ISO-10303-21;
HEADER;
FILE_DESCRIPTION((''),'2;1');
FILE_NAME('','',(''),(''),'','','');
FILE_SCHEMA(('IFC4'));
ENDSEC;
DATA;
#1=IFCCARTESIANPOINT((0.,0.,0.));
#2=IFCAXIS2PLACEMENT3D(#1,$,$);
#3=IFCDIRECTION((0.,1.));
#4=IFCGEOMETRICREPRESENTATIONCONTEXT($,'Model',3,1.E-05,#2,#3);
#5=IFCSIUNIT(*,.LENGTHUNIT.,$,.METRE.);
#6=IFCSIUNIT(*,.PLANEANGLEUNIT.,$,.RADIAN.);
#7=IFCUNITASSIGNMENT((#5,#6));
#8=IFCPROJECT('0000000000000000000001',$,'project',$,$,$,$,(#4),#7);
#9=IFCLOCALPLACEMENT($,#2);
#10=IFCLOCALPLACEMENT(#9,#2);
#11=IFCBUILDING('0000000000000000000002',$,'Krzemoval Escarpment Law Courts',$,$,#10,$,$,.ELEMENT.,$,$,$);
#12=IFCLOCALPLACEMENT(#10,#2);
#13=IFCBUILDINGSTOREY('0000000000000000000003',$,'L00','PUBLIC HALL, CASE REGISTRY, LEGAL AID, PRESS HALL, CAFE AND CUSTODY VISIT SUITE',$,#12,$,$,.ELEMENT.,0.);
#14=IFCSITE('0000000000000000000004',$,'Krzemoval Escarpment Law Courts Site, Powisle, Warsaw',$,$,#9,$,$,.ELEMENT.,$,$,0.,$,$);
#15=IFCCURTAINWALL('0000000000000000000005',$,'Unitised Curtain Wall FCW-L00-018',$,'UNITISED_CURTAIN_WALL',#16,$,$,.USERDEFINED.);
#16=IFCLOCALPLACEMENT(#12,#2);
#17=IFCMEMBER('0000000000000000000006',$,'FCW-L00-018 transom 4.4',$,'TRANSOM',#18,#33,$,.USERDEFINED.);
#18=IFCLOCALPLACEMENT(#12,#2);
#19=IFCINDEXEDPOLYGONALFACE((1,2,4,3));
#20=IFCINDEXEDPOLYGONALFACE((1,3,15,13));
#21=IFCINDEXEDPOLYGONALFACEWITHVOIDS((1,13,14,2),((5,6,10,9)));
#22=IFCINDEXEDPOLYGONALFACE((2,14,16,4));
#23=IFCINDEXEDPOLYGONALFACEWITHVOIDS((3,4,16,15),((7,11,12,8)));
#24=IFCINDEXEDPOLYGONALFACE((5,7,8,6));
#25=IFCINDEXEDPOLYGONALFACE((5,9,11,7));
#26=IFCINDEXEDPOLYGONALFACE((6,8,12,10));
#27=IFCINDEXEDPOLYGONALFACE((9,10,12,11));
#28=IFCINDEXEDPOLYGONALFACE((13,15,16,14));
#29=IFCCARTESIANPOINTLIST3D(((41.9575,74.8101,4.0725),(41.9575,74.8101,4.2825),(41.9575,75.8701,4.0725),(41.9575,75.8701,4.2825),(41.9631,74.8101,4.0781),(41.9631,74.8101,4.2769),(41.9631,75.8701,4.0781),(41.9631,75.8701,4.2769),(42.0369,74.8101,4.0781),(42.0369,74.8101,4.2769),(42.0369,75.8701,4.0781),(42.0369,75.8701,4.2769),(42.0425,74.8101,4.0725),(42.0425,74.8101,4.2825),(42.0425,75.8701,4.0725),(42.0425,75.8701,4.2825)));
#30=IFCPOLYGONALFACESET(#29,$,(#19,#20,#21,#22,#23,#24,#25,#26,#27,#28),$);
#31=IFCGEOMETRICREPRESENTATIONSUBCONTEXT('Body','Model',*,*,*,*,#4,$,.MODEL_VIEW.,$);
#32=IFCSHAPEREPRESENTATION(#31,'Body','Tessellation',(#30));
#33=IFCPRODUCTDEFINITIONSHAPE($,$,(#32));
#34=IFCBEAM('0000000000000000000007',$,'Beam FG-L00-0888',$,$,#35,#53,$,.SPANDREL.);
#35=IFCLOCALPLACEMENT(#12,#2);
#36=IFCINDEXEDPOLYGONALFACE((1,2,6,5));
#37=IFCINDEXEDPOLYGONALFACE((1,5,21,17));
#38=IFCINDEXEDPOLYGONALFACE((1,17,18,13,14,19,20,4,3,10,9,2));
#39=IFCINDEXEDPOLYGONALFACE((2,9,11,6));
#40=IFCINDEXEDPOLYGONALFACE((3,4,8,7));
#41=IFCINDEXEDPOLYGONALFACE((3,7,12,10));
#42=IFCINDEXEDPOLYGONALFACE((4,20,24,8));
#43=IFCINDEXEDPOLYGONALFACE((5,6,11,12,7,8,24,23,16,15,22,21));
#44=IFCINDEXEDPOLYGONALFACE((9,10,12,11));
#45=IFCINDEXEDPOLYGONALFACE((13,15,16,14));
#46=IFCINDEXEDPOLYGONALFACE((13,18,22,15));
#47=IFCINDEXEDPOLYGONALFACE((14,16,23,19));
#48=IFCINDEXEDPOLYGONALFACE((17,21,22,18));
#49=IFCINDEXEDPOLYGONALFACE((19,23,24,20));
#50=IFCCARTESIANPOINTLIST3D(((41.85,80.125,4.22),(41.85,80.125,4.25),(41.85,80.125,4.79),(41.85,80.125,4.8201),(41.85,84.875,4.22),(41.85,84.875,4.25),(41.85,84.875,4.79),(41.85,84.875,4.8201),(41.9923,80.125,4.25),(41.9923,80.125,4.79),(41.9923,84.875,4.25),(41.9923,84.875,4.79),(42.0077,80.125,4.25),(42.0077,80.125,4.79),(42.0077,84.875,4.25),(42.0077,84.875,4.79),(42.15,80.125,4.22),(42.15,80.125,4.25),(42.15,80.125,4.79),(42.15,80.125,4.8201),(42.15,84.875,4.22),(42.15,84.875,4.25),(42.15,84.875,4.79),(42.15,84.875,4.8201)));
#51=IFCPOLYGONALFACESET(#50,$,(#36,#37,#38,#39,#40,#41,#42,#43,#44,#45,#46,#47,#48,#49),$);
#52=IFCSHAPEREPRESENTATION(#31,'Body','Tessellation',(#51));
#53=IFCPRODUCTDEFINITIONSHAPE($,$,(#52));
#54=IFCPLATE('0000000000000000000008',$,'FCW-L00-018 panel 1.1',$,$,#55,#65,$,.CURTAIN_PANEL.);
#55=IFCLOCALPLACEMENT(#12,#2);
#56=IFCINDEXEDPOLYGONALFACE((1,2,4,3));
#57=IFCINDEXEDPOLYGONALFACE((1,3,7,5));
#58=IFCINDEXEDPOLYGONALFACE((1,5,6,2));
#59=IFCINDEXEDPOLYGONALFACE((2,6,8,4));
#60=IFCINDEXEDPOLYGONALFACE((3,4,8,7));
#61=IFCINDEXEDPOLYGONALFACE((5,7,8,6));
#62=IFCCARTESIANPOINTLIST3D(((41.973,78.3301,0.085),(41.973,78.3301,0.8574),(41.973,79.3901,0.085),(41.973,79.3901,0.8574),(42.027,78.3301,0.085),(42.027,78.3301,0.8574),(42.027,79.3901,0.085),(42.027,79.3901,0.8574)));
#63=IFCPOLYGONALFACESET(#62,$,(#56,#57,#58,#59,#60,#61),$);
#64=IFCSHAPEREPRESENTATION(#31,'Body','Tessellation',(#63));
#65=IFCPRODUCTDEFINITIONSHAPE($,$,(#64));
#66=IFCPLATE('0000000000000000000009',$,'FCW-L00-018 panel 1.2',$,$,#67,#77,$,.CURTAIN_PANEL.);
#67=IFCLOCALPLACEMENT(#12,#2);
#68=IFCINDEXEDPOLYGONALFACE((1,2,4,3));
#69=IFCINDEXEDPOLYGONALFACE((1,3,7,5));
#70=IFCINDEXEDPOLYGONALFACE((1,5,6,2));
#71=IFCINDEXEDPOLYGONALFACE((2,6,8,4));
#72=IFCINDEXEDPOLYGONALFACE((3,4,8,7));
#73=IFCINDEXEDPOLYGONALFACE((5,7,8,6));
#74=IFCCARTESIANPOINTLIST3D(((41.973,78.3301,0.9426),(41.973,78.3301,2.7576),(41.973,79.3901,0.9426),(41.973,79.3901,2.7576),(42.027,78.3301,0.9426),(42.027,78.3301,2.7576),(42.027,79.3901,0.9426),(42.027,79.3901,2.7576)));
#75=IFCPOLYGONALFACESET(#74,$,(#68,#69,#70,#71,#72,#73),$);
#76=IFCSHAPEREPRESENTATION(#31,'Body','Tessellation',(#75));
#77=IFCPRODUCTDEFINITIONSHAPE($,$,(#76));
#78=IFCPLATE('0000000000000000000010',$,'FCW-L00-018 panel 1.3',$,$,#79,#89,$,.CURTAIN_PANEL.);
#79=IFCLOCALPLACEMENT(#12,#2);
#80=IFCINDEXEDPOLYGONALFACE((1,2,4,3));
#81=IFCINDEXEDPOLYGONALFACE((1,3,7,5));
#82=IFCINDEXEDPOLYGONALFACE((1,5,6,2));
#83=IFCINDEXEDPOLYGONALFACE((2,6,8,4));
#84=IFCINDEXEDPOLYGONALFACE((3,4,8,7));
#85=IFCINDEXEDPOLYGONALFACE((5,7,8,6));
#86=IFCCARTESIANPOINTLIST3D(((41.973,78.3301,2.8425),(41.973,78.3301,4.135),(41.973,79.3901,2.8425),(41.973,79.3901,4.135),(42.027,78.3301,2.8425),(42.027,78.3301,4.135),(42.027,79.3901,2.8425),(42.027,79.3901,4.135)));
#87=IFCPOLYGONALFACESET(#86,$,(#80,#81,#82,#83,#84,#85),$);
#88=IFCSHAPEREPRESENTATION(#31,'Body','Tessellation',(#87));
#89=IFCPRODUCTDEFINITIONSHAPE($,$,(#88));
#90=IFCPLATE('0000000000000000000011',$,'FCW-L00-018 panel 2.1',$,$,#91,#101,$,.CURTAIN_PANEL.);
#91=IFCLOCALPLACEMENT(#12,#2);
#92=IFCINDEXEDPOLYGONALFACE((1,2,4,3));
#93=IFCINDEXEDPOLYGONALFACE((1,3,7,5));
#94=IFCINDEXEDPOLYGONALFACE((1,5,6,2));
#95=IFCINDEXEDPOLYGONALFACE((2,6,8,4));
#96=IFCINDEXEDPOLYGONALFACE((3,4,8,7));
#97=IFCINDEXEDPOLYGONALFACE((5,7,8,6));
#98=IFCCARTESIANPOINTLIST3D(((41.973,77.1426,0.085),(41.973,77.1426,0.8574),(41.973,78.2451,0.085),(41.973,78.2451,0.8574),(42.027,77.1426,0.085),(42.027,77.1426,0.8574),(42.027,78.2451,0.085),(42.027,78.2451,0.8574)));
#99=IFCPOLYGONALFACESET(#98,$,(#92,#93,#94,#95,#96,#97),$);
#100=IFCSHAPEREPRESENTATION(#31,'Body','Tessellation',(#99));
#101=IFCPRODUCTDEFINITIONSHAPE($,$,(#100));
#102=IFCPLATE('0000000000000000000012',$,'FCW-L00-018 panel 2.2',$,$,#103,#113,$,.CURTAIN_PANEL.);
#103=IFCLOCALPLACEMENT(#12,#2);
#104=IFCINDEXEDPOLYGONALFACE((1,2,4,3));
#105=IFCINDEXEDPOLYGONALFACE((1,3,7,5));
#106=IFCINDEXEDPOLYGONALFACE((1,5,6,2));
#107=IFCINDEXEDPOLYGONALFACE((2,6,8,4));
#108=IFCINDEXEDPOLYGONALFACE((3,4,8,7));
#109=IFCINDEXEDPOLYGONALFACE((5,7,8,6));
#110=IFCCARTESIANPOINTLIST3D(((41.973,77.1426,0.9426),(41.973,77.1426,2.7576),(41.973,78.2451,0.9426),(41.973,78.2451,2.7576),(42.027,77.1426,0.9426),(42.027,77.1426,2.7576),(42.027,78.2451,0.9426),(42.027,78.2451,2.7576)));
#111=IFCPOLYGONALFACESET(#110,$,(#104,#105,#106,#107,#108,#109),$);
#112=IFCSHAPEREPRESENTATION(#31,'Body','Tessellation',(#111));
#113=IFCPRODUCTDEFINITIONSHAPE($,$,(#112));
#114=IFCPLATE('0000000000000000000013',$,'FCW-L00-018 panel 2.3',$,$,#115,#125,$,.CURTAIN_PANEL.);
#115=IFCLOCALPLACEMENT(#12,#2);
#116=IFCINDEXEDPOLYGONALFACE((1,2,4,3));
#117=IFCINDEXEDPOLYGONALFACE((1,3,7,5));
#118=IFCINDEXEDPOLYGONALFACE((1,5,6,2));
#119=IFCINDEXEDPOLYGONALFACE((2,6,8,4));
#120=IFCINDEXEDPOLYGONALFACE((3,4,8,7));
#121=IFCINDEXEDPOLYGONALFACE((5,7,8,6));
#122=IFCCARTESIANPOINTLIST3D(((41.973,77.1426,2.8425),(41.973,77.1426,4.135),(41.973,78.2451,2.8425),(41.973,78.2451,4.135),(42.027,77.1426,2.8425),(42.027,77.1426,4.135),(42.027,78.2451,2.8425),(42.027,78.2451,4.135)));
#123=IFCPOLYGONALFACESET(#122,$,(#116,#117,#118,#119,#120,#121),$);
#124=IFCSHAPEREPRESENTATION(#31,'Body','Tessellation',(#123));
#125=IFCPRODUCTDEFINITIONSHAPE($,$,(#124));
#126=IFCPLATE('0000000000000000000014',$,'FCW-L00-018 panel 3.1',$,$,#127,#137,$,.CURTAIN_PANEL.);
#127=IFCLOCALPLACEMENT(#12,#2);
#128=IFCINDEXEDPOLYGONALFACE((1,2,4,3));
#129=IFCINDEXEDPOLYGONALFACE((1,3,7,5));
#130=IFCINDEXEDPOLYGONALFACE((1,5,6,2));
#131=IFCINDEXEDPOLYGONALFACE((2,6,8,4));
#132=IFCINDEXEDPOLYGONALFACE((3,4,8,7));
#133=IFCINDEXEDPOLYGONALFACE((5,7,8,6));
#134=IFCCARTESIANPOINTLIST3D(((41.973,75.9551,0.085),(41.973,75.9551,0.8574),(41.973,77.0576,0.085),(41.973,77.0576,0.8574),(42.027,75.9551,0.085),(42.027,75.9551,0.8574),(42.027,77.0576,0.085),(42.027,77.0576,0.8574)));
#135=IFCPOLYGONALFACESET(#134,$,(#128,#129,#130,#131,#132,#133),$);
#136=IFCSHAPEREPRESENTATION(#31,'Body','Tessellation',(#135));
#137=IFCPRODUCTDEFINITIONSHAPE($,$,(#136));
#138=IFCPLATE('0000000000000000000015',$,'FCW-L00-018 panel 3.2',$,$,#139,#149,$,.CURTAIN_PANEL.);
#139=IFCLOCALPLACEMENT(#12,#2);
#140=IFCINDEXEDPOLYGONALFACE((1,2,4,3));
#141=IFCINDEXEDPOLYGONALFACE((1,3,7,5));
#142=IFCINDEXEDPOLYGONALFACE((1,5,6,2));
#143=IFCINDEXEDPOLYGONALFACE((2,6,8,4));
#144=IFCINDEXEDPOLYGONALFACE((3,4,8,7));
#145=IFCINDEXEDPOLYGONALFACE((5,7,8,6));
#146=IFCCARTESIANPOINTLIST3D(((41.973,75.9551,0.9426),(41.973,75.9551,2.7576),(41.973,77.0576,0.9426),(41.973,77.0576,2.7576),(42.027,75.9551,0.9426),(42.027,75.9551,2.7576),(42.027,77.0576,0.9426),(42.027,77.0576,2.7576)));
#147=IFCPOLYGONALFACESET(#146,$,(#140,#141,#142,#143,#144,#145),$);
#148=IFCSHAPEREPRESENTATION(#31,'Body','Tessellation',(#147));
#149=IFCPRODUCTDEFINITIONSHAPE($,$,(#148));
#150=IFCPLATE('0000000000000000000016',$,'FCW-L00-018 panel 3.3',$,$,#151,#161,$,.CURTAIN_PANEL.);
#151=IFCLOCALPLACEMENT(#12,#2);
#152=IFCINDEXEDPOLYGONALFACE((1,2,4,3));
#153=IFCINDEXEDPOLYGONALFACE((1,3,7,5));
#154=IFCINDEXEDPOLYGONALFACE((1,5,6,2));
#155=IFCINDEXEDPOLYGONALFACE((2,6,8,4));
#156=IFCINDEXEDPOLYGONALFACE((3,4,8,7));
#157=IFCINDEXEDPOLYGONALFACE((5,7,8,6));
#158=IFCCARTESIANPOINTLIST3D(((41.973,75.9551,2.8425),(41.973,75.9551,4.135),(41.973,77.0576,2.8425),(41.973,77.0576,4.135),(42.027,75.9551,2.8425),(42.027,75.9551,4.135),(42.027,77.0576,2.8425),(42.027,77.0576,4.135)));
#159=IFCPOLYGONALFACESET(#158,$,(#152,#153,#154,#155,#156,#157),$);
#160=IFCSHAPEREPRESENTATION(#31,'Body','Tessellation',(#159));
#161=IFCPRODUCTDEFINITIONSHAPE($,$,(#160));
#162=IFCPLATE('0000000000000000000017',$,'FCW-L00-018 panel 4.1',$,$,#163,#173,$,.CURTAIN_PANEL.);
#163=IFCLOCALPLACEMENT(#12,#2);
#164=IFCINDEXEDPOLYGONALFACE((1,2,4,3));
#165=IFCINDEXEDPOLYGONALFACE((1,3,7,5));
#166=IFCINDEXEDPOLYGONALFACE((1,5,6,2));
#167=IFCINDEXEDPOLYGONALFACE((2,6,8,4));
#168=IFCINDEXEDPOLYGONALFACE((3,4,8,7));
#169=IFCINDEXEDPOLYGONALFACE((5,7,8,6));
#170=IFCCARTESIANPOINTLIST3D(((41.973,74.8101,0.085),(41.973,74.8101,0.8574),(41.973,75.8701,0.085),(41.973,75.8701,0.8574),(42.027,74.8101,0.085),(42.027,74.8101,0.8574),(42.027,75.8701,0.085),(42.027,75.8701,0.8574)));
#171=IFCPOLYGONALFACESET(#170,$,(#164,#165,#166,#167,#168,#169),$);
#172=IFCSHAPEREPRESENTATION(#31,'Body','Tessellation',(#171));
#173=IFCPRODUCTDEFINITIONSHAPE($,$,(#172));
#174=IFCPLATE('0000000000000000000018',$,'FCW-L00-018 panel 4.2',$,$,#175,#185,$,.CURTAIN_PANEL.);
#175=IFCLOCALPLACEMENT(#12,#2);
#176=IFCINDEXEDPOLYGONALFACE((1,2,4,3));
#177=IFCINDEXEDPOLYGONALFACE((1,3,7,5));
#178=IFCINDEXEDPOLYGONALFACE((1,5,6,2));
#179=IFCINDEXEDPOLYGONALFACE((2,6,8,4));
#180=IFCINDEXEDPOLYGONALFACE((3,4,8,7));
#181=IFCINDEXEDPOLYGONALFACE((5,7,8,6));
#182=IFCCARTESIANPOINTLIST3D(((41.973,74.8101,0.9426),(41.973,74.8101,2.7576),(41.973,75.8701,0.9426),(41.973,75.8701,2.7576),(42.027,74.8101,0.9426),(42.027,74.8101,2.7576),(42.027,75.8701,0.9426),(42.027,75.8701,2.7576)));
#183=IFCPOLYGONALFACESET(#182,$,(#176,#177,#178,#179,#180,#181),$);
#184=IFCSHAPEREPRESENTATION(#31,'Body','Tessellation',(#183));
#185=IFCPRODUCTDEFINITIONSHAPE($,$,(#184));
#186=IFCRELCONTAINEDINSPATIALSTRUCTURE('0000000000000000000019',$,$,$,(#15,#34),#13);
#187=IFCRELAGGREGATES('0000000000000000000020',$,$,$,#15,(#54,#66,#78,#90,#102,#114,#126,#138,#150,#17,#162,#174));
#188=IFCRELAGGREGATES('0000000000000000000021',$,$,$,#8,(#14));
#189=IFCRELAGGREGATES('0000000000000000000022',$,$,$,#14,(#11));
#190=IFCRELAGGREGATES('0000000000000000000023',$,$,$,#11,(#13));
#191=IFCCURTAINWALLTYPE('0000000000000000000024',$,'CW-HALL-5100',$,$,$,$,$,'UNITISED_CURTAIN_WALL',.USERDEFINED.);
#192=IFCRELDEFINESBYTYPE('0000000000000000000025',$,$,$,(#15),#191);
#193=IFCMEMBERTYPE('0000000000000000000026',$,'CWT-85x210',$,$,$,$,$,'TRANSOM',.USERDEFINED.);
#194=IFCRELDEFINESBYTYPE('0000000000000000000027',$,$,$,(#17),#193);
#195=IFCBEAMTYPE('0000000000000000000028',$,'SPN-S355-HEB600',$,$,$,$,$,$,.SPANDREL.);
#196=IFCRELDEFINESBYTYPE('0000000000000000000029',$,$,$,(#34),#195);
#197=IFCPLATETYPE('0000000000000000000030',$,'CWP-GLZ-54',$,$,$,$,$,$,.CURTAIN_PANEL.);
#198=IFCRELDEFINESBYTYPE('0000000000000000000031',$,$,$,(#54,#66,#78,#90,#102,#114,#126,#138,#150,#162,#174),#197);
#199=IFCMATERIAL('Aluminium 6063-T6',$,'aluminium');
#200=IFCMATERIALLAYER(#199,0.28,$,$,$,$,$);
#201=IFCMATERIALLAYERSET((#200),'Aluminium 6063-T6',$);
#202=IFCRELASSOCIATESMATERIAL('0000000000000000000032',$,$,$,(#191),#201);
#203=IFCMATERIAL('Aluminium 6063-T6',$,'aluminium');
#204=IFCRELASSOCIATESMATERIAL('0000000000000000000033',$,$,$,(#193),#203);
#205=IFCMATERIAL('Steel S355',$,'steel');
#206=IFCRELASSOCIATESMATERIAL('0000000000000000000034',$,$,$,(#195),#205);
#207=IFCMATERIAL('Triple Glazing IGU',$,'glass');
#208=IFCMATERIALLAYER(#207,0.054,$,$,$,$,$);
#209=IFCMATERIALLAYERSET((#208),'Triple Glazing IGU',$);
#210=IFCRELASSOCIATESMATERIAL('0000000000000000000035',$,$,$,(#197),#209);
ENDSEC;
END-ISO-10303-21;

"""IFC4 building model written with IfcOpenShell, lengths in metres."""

from ifc_helpers import new_model, si_unit, direction, frame, origin, origin_2d, place, context, subcontext, project, spatial, rectangle, hollow_rectangle, i_section, extrude, material, layer, layer_set, material_profile, profile_set, type_object, element, aggregate, save


model = new_model("IFC4")

# Units and contexts
model_context = context("Model", 3, precision=1e-05, world=origin(), true_north=direction((0.0, 1.0)))
body_context = subcontext(model_context, "Body", "Model", "MODEL_VIEW")
ifc_project = project(units=[si_unit("LENGTHUNIT", "METRE"), si_unit("PLANEANGLEUNIT", "RADIAN")], contexts=[model_context])

# Site, building, storey
site_placement = place(None, origin())
site = spatial("IfcSite", under=ifc_project, at=site_placement, Name="Krzemoval Escarpment Law Courts Site, Powisle, Warsaw", CompositionType="ELEMENT", RefElevation=0.0)
building_placement = place(site_placement, origin())
building = spatial("IfcBuilding", under=site, at=building_placement, Name="Krzemoval Escarpment Law Courts", CompositionType="ELEMENT")
storey_placement = place(building_placement, origin())
storey = spatial("IfcBuildingStorey", under=building, at=storey_placement, Name="L00", Description="PUBLIC HALL, CASE REGISTRY, LEGAL AID, PRESS HALL, CAFE AND CUSTODY VISIT SUITE", CompositionType="ELEMENT", Elevation=0.0)

# Shared definitions
ifc_material_1 = material(Name="Aluminium 6063-T6", Category="aluminium")
ifc_layer_1 = layer(ifc_material_1, 0.28)
ifc_layer_set_1 = layer_set([ifc_layer_1], Name="Aluminium 6063-T6")
curtain_wall_type = type_object("IfcCurtainWallType", Name="CW-HALL-5100", ElementType="UNITISED_CURTAIN_WALL", PredefinedType="USERDEFINED", material=ifc_layer_set_1)

# Curtain wall, member
curtain_wall_1_placement = place(storey_placement, origin())
curtain_wall_1 = element("IfcCurtainWall", 1, at=curtain_wall_1_placement, inside=storey, type_object=curtain_wall_type, Name="Unitised Curtain Wall FCW-L00-018", ObjectType="UNITISED_CURTAIN_WALL", PredefinedType="USERDEFINED")
ifc_material_2 = material(Name="Aluminium 6063-T6", Category="aluminium")
ifc_material_profile_1 = material_profile(ifc_material_2, hollow_rectangle(XDim=0.085, YDim=0.21, WallThickness=0.0056, at=origin_2d()), Name="ALU T85x210")
ifc_profile_set_1 = profile_set([ifc_material_profile_1], Name="Aluminium 6063-T6")
member_type_1 = type_object("IfcMemberType", Name="CWT-85x210", ElementType="TRANSOM", PredefinedType="USERDEFINED", material=ifc_profile_set_1)
member_1_placement = place(storey_placement, frame((42.0, 75.8701, 4.1775), z_axis=(0.0, -1.0, 0.0), x_axis=(1.0, 0.0, 0.0)))
member_1 = element("IfcMember", 2, at=member_1_placement, type_object=member_type_1, Name="FCW-L00-018 transom 4.4", ObjectType="TRANSOM", PredefinedType="USERDEFINED", context=body_context, shape_type="SweptSolid", body=[
    extrude(hollow_rectangle(XDim=0.085, YDim=0.21, WallThickness=0.0056, at=origin_2d()), origin(), (0.0, 0.0, 1.0), 1.0601),
])

# Beam
ifc_material_3 = material(Name="Steel S355", Category="steel")
ifc_material_profile_2 = material_profile(ifc_material_3, i_section(OverallWidth=0.3, OverallDepth=0.6001, WebThickness=0.0154, FlangeThickness=0.03, at=origin_2d()), Name="HEB 600")
ifc_profile_set_2 = profile_set([ifc_material_profile_2], Name="Steel S355")
beam_type = type_object("IfcBeamType", Name="SPN-S355-HEB600", PredefinedType="SPANDREL", material=ifc_profile_set_2)
beam_placement = place(storey_placement, frame((42.0, 80.125, 4.52), z_axis=(0.0, 1.0, 0.0), x_axis=(-1.0, 0.0, 0.0)))
element("IfcBeam", 3, at=beam_placement, inside=storey, type_object=beam_type, Name="Beam FG-L00-0888", PredefinedType="SPANDREL", context=body_context, shape_type="SweptSolid", body=[
    extrude(i_section(OverallWidth=0.3, OverallDepth=0.6001, WebThickness=0.0154, FlangeThickness=0.03, at=origin_2d()), origin(), (0.0, 0.0, 1.0), 4.75),
])

# Plates
ifc_material_4 = material(Name="Triple Glazing IGU", Category="glass")
ifc_layer_2 = layer(ifc_material_4, 0.054)
ifc_layer_set_2 = layer_set([ifc_layer_2], Name="Triple Glazing IGU")
plate_type = type_object("IfcPlateType", Name="CWP-GLZ-54", PredefinedType="CURTAIN_PANEL", material=ifc_layer_set_2)
plate_1_placement = place(storey_placement, frame((42.0, 78.8601, 0.085), z_axis=(0.0, 0.0, 1.0), x_axis=(0.0, -1.0, 0.0)))
plate_1 = element("IfcPlate", 4, at=plate_1_placement, type_object=plate_type, Name="FCW-L00-018 panel 1.1", PredefinedType="CURTAIN_PANEL", context=body_context, shape_type="SweptSolid", body=[
    extrude(rectangle(XDim=1.0601, YDim=0.054, at=origin_2d()), origin(), (0.0, 0.0, 1.0), 0.7725),
])
plate_2_placement = place(storey_placement, frame((42.0, 78.8601, 0.9426), z_axis=(0.0, 0.0, 1.0), x_axis=(0.0, -1.0, 0.0)))
plate_2 = element("IfcPlate", 5, at=plate_2_placement, type_object=plate_type, Name="FCW-L00-018 panel 1.2", PredefinedType="CURTAIN_PANEL", context=body_context, shape_type="SweptSolid", body=[
    extrude(rectangle(XDim=1.0601, YDim=0.054, at=origin_2d()), origin(), (0.0, 0.0, 1.0), 1.8149),
])
plate_3_placement = place(storey_placement, frame((42.0, 78.8601, 2.8425), z_axis=(0.0, 0.0, 1.0), x_axis=(0.0, -1.0, 0.0)))
plate_3 = element("IfcPlate", 6, at=plate_3_placement, type_object=plate_type, Name="FCW-L00-018 panel 1.3", PredefinedType="CURTAIN_PANEL", context=body_context, shape_type="SweptSolid", body=[
    extrude(rectangle(XDim=1.0601, YDim=0.054, at=origin_2d()), origin(), (0.0, 0.0, 1.0), 1.2925),
])
plate_4_placement = place(storey_placement, frame((42.0, 77.6938, 0.085), z_axis=(0.0, 0.0, 1.0), x_axis=(0.0, -1.0, 0.0)))
plate_4 = element("IfcPlate", 7, at=plate_4_placement, type_object=plate_type, Name="FCW-L00-018 panel 2.1", PredefinedType="CURTAIN_PANEL", context=body_context, shape_type="SweptSolid", body=[
    extrude(rectangle(XDim=1.1025, YDim=0.054, at=origin_2d()), origin(), (0.0, 0.0, 1.0), 0.7725),
])
plate_5_placement = place(storey_placement, frame((42.0, 77.6938, 0.9426), z_axis=(0.0, 0.0, 1.0), x_axis=(0.0, -1.0, 0.0)))
plate_5 = element("IfcPlate", 8, at=plate_5_placement, type_object=plate_type, Name="FCW-L00-018 panel 2.2", PredefinedType="CURTAIN_PANEL", context=body_context, shape_type="SweptSolid", body=[
    extrude(rectangle(XDim=1.1025, YDim=0.054, at=origin_2d()), origin(), (0.0, 0.0, 1.0), 1.8149),
])
plate_6_placement = place(storey_placement, frame((42.0, 77.6938, 2.8425), z_axis=(0.0, 0.0, 1.0), x_axis=(0.0, -1.0, 0.0)))
plate_6 = element("IfcPlate", 9, at=plate_6_placement, type_object=plate_type, Name="FCW-L00-018 panel 2.3", PredefinedType="CURTAIN_PANEL", context=body_context, shape_type="SweptSolid", body=[
    extrude(rectangle(XDim=1.1025, YDim=0.054, at=origin_2d()), origin(), (0.0, 0.0, 1.0), 1.2925),
])
plate_7_placement = place(storey_placement, frame((42.0, 76.5063, 0.085), z_axis=(0.0, 0.0, 1.0), x_axis=(0.0, -1.0, 0.0)))
plate_7 = element("IfcPlate", 10, at=plate_7_placement, type_object=plate_type, Name="FCW-L00-018 panel 3.1", PredefinedType="CURTAIN_PANEL", context=body_context, shape_type="SweptSolid", body=[
    extrude(rectangle(XDim=1.1025, YDim=0.054, at=origin_2d()), origin(), (0.0, 0.0, 1.0), 0.7725),
])
plate_8_placement = place(storey_placement, frame((42.0, 76.5063, 0.9426), z_axis=(0.0, 0.0, 1.0), x_axis=(0.0, -1.0, 0.0)))
plate_8 = element("IfcPlate", 11, at=plate_8_placement, type_object=plate_type, Name="FCW-L00-018 panel 3.2", PredefinedType="CURTAIN_PANEL", context=body_context, shape_type="SweptSolid", body=[
    extrude(rectangle(XDim=1.1025, YDim=0.054, at=origin_2d()), origin(), (0.0, 0.0, 1.0), 1.8149),
])
plate_9_placement = place(storey_placement, frame((42.0, 76.5063, 2.8425), z_axis=(0.0, 0.0, 1.0), x_axis=(0.0, -1.0, 0.0)))
plate_9 = element("IfcPlate", 12, at=plate_9_placement, type_object=plate_type, Name="FCW-L00-018 panel 3.3", PredefinedType="CURTAIN_PANEL", context=body_context, shape_type="SweptSolid", body=[
    extrude(rectangle(XDim=1.1025, YDim=0.054, at=origin_2d()), origin(), (0.0, 0.0, 1.0), 1.2925),
])
plate_10_placement = place(storey_placement, frame((42.0, 75.3401, 0.085), z_axis=(0.0, 0.0, 1.0), x_axis=(0.0, -1.0, 0.0)))
plate_10 = element("IfcPlate", 13, at=plate_10_placement, type_object=plate_type, Name="FCW-L00-018 panel 4.1", PredefinedType="CURTAIN_PANEL", context=body_context, shape_type="SweptSolid", body=[
    extrude(rectangle(XDim=1.0601, YDim=0.054, at=origin_2d()), origin(), (0.0, 0.0, 1.0), 0.7725),
])
plate_11_placement = place(storey_placement, frame((42.0, 75.3401, 0.9426), z_axis=(0.0, 0.0, 1.0), x_axis=(0.0, -1.0, 0.0)))
plate_11 = element("IfcPlate", 14, at=plate_11_placement, type_object=plate_type, Name="FCW-L00-018 panel 4.2", PredefinedType="CURTAIN_PANEL", context=body_context, shape_type="SweptSolid", body=[
    extrude(rectangle(XDim=1.0601, YDim=0.054, at=origin_2d()), origin(), (0.0, 0.0, 1.0), 1.8149),
])
aggregate(curtain_wall_1, [plate_1, plate_2, plate_3, plate_4, plate_5, plate_6, plate_7, plate_8, plate_9, member_1, plate_10, plate_11])

save(model, "model.ifc")
